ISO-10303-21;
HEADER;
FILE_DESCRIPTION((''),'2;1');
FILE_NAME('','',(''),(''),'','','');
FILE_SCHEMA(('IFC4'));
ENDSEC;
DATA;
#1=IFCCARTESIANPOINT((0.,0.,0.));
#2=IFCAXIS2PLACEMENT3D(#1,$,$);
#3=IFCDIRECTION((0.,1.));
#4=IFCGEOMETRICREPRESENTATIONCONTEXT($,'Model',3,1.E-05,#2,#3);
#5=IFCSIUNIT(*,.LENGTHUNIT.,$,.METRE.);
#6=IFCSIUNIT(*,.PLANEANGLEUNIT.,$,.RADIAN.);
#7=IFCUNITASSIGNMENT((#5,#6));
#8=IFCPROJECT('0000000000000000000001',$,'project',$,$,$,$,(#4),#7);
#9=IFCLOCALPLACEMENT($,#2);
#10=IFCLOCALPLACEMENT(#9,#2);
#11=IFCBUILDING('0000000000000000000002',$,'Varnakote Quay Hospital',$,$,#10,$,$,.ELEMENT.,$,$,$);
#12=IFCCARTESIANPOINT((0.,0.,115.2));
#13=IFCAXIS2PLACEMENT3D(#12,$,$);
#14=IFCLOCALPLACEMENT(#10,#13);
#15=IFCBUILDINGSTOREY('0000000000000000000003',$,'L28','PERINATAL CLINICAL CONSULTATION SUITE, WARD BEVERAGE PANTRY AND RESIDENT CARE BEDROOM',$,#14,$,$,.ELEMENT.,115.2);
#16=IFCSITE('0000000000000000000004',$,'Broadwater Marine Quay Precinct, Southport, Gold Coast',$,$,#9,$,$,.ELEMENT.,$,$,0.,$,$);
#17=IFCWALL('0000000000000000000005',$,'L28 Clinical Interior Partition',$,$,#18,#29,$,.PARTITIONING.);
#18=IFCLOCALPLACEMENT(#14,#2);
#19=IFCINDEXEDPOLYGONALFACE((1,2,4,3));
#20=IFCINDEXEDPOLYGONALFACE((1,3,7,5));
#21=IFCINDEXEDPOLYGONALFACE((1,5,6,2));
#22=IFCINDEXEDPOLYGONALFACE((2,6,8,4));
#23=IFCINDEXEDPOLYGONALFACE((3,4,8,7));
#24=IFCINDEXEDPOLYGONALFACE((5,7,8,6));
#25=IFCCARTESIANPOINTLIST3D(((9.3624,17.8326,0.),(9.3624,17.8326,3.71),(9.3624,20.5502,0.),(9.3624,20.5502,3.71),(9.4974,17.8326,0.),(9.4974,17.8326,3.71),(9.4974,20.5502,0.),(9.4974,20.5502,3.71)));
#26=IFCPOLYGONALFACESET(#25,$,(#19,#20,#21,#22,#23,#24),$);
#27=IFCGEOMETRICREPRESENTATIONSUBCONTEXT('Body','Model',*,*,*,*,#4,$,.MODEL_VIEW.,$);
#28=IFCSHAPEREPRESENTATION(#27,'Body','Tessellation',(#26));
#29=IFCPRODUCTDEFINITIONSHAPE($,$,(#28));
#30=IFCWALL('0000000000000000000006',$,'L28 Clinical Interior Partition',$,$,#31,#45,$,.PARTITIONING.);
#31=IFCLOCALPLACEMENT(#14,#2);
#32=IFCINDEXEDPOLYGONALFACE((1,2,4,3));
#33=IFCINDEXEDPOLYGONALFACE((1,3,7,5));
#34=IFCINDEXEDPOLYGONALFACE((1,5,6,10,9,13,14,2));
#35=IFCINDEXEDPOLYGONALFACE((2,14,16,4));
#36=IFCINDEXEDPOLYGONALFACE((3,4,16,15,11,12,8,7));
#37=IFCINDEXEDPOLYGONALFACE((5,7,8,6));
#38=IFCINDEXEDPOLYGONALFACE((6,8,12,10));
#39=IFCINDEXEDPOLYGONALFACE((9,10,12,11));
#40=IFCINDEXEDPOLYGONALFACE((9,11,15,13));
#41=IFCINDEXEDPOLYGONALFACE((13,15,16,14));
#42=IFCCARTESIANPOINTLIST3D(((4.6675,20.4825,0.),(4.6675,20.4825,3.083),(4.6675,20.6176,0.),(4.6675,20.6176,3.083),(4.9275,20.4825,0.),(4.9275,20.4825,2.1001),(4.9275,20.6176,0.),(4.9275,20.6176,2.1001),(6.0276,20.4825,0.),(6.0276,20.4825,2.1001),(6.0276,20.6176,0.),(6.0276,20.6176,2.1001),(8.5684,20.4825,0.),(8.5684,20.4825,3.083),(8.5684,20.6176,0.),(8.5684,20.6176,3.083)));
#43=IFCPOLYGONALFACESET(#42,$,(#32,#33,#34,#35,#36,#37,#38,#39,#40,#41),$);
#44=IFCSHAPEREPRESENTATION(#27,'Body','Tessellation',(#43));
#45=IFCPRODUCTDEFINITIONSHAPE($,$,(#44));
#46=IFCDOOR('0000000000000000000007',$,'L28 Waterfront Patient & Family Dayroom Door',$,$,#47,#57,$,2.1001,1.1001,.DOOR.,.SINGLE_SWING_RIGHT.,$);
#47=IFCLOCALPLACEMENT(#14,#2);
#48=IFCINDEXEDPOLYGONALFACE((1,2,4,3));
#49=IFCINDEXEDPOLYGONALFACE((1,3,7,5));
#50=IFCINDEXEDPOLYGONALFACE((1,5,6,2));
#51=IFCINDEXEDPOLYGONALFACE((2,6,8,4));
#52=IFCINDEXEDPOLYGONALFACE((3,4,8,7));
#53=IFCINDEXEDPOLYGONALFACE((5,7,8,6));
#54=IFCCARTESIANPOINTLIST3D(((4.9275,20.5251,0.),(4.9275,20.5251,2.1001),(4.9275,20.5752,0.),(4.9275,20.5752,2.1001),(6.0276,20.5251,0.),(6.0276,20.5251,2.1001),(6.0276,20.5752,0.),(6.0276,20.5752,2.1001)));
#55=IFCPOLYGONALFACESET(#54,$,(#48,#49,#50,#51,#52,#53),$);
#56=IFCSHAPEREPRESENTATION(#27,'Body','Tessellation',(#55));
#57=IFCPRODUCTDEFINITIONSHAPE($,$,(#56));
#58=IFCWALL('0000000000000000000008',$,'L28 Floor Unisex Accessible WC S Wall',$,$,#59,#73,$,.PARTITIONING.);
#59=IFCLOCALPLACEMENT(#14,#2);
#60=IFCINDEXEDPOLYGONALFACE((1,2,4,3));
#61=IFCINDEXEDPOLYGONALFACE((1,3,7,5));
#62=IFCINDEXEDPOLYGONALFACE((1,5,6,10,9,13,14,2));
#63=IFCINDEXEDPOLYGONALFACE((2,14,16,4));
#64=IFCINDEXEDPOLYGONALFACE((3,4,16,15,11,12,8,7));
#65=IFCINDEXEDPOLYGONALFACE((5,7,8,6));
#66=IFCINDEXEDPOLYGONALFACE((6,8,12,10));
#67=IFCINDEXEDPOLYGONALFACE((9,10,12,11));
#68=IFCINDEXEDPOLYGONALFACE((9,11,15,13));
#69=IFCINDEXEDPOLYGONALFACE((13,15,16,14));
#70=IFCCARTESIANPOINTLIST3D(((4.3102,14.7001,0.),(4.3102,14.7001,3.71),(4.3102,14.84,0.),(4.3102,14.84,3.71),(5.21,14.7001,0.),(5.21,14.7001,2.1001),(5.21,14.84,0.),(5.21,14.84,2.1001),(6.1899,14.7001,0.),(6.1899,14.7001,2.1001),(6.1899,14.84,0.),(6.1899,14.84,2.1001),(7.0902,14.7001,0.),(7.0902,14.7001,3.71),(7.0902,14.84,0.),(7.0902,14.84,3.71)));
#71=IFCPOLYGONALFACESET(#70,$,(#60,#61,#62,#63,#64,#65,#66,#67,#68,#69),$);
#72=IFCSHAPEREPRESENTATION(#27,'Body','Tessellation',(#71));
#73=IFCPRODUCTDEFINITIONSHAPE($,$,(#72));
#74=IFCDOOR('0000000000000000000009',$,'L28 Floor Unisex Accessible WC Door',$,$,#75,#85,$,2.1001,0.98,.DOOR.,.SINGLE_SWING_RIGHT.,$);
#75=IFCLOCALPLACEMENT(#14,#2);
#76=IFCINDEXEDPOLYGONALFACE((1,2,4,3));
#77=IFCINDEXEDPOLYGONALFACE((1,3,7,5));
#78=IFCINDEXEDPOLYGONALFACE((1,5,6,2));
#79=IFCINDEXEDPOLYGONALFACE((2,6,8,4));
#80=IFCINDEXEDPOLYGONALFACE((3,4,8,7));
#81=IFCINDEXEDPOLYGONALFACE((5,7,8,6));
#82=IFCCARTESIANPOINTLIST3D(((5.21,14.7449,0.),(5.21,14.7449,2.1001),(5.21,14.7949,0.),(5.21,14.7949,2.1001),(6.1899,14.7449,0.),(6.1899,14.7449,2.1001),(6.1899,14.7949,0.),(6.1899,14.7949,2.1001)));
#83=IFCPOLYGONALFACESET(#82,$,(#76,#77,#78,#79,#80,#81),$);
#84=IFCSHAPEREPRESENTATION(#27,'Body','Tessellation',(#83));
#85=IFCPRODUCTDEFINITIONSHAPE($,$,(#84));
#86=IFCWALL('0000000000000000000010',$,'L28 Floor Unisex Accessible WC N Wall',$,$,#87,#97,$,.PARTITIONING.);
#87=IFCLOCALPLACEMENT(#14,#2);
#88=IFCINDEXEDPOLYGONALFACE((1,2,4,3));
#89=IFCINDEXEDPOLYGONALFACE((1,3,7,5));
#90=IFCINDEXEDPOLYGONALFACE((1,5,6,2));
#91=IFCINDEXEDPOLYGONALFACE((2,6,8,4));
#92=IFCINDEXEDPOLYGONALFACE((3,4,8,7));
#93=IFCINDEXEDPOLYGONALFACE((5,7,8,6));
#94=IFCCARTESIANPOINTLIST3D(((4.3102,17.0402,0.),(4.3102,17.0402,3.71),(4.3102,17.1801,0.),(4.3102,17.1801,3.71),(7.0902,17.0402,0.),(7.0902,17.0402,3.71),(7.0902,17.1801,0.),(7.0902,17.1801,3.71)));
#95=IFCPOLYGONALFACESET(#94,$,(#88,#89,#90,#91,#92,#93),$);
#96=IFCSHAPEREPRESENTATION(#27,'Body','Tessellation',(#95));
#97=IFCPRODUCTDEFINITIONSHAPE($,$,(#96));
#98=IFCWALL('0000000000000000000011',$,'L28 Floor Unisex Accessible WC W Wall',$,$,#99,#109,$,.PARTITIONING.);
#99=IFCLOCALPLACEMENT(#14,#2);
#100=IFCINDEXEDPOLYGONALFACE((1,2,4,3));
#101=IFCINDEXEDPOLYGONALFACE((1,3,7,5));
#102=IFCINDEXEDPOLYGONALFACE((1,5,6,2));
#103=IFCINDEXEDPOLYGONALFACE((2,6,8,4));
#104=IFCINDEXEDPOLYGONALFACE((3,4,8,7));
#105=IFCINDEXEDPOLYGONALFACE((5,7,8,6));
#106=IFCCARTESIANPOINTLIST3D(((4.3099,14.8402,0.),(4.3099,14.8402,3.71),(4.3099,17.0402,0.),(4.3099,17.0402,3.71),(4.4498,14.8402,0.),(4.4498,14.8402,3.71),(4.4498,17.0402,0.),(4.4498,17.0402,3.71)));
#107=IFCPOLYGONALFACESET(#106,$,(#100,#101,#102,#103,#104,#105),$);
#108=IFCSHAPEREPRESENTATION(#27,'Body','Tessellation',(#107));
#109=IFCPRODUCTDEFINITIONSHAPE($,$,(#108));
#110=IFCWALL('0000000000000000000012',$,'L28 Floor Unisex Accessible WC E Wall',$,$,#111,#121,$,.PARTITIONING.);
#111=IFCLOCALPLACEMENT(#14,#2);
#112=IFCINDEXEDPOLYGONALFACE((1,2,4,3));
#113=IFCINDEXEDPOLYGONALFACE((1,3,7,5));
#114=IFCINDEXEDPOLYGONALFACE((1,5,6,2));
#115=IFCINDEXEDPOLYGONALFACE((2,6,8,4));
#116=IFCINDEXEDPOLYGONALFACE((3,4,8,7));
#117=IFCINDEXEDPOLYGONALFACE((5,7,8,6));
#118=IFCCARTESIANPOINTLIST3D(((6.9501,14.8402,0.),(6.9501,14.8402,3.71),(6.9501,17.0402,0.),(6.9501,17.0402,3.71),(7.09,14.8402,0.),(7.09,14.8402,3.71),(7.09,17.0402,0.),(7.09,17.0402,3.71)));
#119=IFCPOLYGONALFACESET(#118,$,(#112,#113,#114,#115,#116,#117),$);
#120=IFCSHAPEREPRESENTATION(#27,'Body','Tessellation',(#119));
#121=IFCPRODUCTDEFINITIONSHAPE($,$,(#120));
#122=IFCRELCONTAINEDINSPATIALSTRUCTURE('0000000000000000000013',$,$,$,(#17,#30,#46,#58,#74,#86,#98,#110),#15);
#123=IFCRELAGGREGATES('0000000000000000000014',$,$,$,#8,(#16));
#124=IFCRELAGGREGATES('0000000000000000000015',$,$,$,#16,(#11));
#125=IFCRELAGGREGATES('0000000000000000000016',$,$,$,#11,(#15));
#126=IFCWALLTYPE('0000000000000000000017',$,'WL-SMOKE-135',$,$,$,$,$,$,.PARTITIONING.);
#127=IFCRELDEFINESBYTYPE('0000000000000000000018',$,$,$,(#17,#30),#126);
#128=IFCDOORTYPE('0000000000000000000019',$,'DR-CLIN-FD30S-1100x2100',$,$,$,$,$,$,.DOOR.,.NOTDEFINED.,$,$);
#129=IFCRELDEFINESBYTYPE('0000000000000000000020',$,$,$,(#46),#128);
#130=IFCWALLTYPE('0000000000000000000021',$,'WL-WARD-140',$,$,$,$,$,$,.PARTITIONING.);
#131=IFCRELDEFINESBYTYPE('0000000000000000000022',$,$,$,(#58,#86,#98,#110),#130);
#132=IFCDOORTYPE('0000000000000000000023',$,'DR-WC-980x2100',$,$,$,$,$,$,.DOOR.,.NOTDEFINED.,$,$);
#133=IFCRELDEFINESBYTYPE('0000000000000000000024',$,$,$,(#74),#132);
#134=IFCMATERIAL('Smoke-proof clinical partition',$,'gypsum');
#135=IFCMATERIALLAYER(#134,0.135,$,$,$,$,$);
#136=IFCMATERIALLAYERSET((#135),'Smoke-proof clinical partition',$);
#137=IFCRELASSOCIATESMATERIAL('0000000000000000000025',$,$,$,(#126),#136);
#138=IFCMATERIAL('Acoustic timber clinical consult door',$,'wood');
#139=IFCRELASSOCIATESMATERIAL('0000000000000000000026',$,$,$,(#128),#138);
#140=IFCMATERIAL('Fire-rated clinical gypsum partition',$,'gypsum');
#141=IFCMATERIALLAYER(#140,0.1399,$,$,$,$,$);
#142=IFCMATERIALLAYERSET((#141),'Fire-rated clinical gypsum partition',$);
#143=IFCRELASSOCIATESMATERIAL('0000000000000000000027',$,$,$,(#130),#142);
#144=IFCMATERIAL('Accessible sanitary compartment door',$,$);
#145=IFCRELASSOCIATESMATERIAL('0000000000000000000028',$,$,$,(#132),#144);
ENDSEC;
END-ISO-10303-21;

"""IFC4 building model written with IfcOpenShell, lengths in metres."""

from ifc_helpers import new_model, si_unit, direction, frame, frame_2d, origin, place, context, subcontext, project, spatial, rectangle, extrude, material, layer, layer_set, type_object, element, fill, save


model = new_model("IFC4")

# Units and contexts
model_context = context("Model", 3, precision=1e-05, world=origin(), true_north=direction((0.0, 1.0)))
body_context = subcontext(model_context, "Body", "Model", "MODEL_VIEW")
ifc_project = project(units=[si_unit("LENGTHUNIT", "METRE"), si_unit("PLANEANGLEUNIT", "RADIAN")], contexts=[model_context])

# Site, building, storey
site_placement = place(None, origin())
site = spatial("IfcSite", under=ifc_project, at=site_placement, Name="Broadwater Marine Quay Precinct, Southport, Gold Coast", CompositionType="ELEMENT", RefElevation=0.0)
building_placement = place(site_placement, origin())
building = spatial("IfcBuilding", under=site, at=building_placement, Name="Varnakote Quay Hospital", CompositionType="ELEMENT")
storey_placement = place(building_placement, frame((0.0, 0.0, 115.2)))
storey = spatial("IfcBuildingStorey", under=building, at=storey_placement, Name="L28", Description="PERINATAL CLINICAL CONSULTATION SUITE, WARD BEVERAGE PANTRY AND RESIDENT CARE BEDROOM", CompositionType="ELEMENT", Elevation=115.2)

# Wall
ifc_material_1 = material(Name="Smoke-proof clinical partition", Category="gypsum")
ifc_layer_1 = layer(ifc_material_1, 0.135)
ifc_layer_set_1 = layer_set([ifc_layer_1], Name="Smoke-proof clinical partition")
wall_type_1 = type_object("IfcWallType", Name="WL-SMOKE-135", PredefinedType="PARTITIONING", material=ifc_layer_set_1)
wall_1_placement = place(storey_placement, frame((9.4299, 17.8325, 0.0), z_axis=(0.0, 0.0, 1.0), x_axis=(0.0, 1.0, 0.0)))
element("IfcWall", 1, at=wall_1_placement, inside=storey, type_object=wall_type_1, Name="L28 Clinical Interior Partition", PredefinedType="PARTITIONING", context=body_context, shape_type="SweptSolid", body=[
    extrude(rectangle(XDim=2.7175, YDim=0.135, at=frame_2d((1.3589, 0.0))), origin(), (0.0, 0.0, 1.0), 3.71),
])

# Walls, openings, doors
wall_2_placement = place(storey_placement, frame((8.5684, 20.55, 0.0), z_axis=(0.0, 0.0, 1.0), x_axis=(-1.0, 0.0, 0.0)))
wall_2 = element("IfcWall", 2, at=wall_2_placement, inside=storey, type_object=wall_type_1, Name="L28 Clinical Interior Partition", PredefinedType="PARTITIONING", context=body_context, shape_type="SweptSolid", body=[
    extrude(rectangle(XDim=3.9009, YDim=0.135, at=frame_2d((1.9504, 0.0))), origin(), (0.0, 0.0, 1.0), 3.083),
])
opening_1_placement = place(wall_2_placement, frame((2.5408, 0.0, 0.0)))
opening_1 = element("IfcOpeningElement", 3, at=opening_1_placement, cuts=wall_2, PredefinedType="OPENING", context=body_context, shape_type="SweptSolid", body=[
    extrude(rectangle(XDim=1.1001, YDim=2.1001, at=frame_2d((0.55, 1.05))), frame((0.0, 0.0774, 0.0), z_axis=(0.0, -1.0, 0.0), x_axis=(1.0, 0.0, 0.0)), (0.0, 0.0, 1.0), 0.155),
])
ifc_material_2 = material(Name="Acoustic timber clinical consult door", Category="wood")
door_type_1 = type_object("IfcDoorType", Name="DR-CLIN-FD30S-1100x2100", OperationType="NOTDEFINED", PredefinedType="DOOR", material=ifc_material_2)
door_1_placement = place(opening_1_placement, origin())
door_1 = element("IfcDoor", 4, at=door_1_placement, inside=storey, type_object=door_type_1, Name="L28 Waterfront Patient & Family Dayroom Door", OperationType="SINGLE_SWING_RIGHT", OverallHeight=2.1001, OverallWidth=1.1001, PredefinedType="DOOR", context=body_context, shape_type="SweptSolid", body=[
    extrude(rectangle(XDim=1.1001, YDim=2.1001, at=frame_2d((0.55, 1.05))), frame((0.0, 0.0249, 0.0), z_axis=(0.0, -1.0, 0.0), x_axis=(1.0, 0.0, 0.0)), (0.0, 0.0, 1.0), 0.05),
])
fill(opening_1, door_1)
ifc_material_3 = material(Name="Fire-rated clinical gypsum partition", Category="gypsum")
ifc_layer_2 = layer(ifc_material_3, 0.1399)
ifc_layer_set_2 = layer_set([ifc_layer_2], Name="Fire-rated clinical gypsum partition")
wall_type_2 = type_object("IfcWallType", Name="WL-WARD-140", PredefinedType="PARTITIONING", material=ifc_layer_set_2)
wall_3_placement = place(storey_placement, frame((4.3101, 14.77, 0.0), z_axis=(0.0, 0.0, 1.0), x_axis=(1.0, 0.0, 0.0)))
wall_3 = element("IfcWall", 5, at=wall_3_placement, inside=storey, type_object=wall_type_2, Name="L28 Floor Unisex Accessible WC S Wall", PredefinedType="PARTITIONING", context=body_context, shape_type="SweptSolid", body=[
    extrude(rectangle(XDim=2.78, YDim=0.1399, at=frame_2d((1.3901, 0.0))), origin(), (0.0, 0.0, 1.0), 3.71),
])
opening_2_placement = place(wall_3_placement, frame((0.8999, 0.0, 0.0)))
opening_2 = element("IfcOpeningElement", 6, at=opening_2_placement, cuts=wall_3, PredefinedType="OPENING", context=body_context, shape_type="SweptSolid", body=[
    extrude(rectangle(XDim=0.98, YDim=2.1001, at=frame_2d((0.49, 1.05))), frame((0.0, 0.0798, 0.0), z_axis=(0.0, -1.0, 0.0), x_axis=(1.0, 0.0, 0.0)), (0.0, 0.0, 1.0), 0.1599),
])
ifc_material_4 = material(Name="Accessible sanitary compartment door")
door_type_2 = type_object("IfcDoorType", Name="DR-WC-980x2100", OperationType="NOTDEFINED", PredefinedType="DOOR", material=ifc_material_4)
door_2_placement = place(opening_2_placement, origin())
door_2 = element("IfcDoor", 7, at=door_2_placement, inside=storey, type_object=door_type_2, Name="L28 Floor Unisex Accessible WC Door", OperationType="SINGLE_SWING_RIGHT", OverallHeight=2.1001, OverallWidth=0.98, PredefinedType="DOOR", context=body_context, shape_type="SweptSolid", body=[
    extrude(rectangle(XDim=0.98, YDim=2.1001, at=frame_2d((0.49, 1.05))), frame((0.0, 0.0249, 0.0), z_axis=(0.0, -1.0, 0.0), x_axis=(1.0, 0.0, 0.0)), (0.0, 0.0, 1.0), 0.05),
])
fill(opening_2, door_2)

# Walls
wall_4_placement = place(storey_placement, frame((4.3101, 17.1101, 0.0), z_axis=(0.0, 0.0, 1.0), x_axis=(1.0, 0.0, 0.0)))
element("IfcWall", 8, at=wall_4_placement, inside=storey, type_object=wall_type_2, Name="L28 Floor Unisex Accessible WC N Wall", PredefinedType="PARTITIONING", context=body_context, shape_type="SweptSolid", body=[
    extrude(rectangle(XDim=2.78, YDim=0.1399, at=frame_2d((1.3901, 0.0))), origin(), (0.0, 0.0, 1.0), 3.71),
])
for number, where, z_axis, x_axis, name in (
    (9, (4.3799, 14.8401, 0.0), (0.0, 0.0, 1.0), (0.0, 1.0, 0.0), "L28 Floor Unisex Accessible WC W Wall"),
    (10, (7.02, 14.8401, 0.0), (0.0, 0.0, 1.0), (0.0, 1.0, 0.0), "L28 Floor Unisex Accessible WC E Wall"),
):
    element("IfcWall", number, at=place(storey_placement, frame(where, z_axis=z_axis, x_axis=x_axis)), inside=storey, type_object=wall_type_2, Name=name, PredefinedType="PARTITIONING", context=body_context, shape_type="SweptSolid", body=[
        extrude(rectangle(XDim=2.2, YDim=0.1399, at=frame_2d((1.1001, 0.0))), origin(), (0.0, 0.0, 1.0), 3.71),
    ])

save(model, "model.ifc")
